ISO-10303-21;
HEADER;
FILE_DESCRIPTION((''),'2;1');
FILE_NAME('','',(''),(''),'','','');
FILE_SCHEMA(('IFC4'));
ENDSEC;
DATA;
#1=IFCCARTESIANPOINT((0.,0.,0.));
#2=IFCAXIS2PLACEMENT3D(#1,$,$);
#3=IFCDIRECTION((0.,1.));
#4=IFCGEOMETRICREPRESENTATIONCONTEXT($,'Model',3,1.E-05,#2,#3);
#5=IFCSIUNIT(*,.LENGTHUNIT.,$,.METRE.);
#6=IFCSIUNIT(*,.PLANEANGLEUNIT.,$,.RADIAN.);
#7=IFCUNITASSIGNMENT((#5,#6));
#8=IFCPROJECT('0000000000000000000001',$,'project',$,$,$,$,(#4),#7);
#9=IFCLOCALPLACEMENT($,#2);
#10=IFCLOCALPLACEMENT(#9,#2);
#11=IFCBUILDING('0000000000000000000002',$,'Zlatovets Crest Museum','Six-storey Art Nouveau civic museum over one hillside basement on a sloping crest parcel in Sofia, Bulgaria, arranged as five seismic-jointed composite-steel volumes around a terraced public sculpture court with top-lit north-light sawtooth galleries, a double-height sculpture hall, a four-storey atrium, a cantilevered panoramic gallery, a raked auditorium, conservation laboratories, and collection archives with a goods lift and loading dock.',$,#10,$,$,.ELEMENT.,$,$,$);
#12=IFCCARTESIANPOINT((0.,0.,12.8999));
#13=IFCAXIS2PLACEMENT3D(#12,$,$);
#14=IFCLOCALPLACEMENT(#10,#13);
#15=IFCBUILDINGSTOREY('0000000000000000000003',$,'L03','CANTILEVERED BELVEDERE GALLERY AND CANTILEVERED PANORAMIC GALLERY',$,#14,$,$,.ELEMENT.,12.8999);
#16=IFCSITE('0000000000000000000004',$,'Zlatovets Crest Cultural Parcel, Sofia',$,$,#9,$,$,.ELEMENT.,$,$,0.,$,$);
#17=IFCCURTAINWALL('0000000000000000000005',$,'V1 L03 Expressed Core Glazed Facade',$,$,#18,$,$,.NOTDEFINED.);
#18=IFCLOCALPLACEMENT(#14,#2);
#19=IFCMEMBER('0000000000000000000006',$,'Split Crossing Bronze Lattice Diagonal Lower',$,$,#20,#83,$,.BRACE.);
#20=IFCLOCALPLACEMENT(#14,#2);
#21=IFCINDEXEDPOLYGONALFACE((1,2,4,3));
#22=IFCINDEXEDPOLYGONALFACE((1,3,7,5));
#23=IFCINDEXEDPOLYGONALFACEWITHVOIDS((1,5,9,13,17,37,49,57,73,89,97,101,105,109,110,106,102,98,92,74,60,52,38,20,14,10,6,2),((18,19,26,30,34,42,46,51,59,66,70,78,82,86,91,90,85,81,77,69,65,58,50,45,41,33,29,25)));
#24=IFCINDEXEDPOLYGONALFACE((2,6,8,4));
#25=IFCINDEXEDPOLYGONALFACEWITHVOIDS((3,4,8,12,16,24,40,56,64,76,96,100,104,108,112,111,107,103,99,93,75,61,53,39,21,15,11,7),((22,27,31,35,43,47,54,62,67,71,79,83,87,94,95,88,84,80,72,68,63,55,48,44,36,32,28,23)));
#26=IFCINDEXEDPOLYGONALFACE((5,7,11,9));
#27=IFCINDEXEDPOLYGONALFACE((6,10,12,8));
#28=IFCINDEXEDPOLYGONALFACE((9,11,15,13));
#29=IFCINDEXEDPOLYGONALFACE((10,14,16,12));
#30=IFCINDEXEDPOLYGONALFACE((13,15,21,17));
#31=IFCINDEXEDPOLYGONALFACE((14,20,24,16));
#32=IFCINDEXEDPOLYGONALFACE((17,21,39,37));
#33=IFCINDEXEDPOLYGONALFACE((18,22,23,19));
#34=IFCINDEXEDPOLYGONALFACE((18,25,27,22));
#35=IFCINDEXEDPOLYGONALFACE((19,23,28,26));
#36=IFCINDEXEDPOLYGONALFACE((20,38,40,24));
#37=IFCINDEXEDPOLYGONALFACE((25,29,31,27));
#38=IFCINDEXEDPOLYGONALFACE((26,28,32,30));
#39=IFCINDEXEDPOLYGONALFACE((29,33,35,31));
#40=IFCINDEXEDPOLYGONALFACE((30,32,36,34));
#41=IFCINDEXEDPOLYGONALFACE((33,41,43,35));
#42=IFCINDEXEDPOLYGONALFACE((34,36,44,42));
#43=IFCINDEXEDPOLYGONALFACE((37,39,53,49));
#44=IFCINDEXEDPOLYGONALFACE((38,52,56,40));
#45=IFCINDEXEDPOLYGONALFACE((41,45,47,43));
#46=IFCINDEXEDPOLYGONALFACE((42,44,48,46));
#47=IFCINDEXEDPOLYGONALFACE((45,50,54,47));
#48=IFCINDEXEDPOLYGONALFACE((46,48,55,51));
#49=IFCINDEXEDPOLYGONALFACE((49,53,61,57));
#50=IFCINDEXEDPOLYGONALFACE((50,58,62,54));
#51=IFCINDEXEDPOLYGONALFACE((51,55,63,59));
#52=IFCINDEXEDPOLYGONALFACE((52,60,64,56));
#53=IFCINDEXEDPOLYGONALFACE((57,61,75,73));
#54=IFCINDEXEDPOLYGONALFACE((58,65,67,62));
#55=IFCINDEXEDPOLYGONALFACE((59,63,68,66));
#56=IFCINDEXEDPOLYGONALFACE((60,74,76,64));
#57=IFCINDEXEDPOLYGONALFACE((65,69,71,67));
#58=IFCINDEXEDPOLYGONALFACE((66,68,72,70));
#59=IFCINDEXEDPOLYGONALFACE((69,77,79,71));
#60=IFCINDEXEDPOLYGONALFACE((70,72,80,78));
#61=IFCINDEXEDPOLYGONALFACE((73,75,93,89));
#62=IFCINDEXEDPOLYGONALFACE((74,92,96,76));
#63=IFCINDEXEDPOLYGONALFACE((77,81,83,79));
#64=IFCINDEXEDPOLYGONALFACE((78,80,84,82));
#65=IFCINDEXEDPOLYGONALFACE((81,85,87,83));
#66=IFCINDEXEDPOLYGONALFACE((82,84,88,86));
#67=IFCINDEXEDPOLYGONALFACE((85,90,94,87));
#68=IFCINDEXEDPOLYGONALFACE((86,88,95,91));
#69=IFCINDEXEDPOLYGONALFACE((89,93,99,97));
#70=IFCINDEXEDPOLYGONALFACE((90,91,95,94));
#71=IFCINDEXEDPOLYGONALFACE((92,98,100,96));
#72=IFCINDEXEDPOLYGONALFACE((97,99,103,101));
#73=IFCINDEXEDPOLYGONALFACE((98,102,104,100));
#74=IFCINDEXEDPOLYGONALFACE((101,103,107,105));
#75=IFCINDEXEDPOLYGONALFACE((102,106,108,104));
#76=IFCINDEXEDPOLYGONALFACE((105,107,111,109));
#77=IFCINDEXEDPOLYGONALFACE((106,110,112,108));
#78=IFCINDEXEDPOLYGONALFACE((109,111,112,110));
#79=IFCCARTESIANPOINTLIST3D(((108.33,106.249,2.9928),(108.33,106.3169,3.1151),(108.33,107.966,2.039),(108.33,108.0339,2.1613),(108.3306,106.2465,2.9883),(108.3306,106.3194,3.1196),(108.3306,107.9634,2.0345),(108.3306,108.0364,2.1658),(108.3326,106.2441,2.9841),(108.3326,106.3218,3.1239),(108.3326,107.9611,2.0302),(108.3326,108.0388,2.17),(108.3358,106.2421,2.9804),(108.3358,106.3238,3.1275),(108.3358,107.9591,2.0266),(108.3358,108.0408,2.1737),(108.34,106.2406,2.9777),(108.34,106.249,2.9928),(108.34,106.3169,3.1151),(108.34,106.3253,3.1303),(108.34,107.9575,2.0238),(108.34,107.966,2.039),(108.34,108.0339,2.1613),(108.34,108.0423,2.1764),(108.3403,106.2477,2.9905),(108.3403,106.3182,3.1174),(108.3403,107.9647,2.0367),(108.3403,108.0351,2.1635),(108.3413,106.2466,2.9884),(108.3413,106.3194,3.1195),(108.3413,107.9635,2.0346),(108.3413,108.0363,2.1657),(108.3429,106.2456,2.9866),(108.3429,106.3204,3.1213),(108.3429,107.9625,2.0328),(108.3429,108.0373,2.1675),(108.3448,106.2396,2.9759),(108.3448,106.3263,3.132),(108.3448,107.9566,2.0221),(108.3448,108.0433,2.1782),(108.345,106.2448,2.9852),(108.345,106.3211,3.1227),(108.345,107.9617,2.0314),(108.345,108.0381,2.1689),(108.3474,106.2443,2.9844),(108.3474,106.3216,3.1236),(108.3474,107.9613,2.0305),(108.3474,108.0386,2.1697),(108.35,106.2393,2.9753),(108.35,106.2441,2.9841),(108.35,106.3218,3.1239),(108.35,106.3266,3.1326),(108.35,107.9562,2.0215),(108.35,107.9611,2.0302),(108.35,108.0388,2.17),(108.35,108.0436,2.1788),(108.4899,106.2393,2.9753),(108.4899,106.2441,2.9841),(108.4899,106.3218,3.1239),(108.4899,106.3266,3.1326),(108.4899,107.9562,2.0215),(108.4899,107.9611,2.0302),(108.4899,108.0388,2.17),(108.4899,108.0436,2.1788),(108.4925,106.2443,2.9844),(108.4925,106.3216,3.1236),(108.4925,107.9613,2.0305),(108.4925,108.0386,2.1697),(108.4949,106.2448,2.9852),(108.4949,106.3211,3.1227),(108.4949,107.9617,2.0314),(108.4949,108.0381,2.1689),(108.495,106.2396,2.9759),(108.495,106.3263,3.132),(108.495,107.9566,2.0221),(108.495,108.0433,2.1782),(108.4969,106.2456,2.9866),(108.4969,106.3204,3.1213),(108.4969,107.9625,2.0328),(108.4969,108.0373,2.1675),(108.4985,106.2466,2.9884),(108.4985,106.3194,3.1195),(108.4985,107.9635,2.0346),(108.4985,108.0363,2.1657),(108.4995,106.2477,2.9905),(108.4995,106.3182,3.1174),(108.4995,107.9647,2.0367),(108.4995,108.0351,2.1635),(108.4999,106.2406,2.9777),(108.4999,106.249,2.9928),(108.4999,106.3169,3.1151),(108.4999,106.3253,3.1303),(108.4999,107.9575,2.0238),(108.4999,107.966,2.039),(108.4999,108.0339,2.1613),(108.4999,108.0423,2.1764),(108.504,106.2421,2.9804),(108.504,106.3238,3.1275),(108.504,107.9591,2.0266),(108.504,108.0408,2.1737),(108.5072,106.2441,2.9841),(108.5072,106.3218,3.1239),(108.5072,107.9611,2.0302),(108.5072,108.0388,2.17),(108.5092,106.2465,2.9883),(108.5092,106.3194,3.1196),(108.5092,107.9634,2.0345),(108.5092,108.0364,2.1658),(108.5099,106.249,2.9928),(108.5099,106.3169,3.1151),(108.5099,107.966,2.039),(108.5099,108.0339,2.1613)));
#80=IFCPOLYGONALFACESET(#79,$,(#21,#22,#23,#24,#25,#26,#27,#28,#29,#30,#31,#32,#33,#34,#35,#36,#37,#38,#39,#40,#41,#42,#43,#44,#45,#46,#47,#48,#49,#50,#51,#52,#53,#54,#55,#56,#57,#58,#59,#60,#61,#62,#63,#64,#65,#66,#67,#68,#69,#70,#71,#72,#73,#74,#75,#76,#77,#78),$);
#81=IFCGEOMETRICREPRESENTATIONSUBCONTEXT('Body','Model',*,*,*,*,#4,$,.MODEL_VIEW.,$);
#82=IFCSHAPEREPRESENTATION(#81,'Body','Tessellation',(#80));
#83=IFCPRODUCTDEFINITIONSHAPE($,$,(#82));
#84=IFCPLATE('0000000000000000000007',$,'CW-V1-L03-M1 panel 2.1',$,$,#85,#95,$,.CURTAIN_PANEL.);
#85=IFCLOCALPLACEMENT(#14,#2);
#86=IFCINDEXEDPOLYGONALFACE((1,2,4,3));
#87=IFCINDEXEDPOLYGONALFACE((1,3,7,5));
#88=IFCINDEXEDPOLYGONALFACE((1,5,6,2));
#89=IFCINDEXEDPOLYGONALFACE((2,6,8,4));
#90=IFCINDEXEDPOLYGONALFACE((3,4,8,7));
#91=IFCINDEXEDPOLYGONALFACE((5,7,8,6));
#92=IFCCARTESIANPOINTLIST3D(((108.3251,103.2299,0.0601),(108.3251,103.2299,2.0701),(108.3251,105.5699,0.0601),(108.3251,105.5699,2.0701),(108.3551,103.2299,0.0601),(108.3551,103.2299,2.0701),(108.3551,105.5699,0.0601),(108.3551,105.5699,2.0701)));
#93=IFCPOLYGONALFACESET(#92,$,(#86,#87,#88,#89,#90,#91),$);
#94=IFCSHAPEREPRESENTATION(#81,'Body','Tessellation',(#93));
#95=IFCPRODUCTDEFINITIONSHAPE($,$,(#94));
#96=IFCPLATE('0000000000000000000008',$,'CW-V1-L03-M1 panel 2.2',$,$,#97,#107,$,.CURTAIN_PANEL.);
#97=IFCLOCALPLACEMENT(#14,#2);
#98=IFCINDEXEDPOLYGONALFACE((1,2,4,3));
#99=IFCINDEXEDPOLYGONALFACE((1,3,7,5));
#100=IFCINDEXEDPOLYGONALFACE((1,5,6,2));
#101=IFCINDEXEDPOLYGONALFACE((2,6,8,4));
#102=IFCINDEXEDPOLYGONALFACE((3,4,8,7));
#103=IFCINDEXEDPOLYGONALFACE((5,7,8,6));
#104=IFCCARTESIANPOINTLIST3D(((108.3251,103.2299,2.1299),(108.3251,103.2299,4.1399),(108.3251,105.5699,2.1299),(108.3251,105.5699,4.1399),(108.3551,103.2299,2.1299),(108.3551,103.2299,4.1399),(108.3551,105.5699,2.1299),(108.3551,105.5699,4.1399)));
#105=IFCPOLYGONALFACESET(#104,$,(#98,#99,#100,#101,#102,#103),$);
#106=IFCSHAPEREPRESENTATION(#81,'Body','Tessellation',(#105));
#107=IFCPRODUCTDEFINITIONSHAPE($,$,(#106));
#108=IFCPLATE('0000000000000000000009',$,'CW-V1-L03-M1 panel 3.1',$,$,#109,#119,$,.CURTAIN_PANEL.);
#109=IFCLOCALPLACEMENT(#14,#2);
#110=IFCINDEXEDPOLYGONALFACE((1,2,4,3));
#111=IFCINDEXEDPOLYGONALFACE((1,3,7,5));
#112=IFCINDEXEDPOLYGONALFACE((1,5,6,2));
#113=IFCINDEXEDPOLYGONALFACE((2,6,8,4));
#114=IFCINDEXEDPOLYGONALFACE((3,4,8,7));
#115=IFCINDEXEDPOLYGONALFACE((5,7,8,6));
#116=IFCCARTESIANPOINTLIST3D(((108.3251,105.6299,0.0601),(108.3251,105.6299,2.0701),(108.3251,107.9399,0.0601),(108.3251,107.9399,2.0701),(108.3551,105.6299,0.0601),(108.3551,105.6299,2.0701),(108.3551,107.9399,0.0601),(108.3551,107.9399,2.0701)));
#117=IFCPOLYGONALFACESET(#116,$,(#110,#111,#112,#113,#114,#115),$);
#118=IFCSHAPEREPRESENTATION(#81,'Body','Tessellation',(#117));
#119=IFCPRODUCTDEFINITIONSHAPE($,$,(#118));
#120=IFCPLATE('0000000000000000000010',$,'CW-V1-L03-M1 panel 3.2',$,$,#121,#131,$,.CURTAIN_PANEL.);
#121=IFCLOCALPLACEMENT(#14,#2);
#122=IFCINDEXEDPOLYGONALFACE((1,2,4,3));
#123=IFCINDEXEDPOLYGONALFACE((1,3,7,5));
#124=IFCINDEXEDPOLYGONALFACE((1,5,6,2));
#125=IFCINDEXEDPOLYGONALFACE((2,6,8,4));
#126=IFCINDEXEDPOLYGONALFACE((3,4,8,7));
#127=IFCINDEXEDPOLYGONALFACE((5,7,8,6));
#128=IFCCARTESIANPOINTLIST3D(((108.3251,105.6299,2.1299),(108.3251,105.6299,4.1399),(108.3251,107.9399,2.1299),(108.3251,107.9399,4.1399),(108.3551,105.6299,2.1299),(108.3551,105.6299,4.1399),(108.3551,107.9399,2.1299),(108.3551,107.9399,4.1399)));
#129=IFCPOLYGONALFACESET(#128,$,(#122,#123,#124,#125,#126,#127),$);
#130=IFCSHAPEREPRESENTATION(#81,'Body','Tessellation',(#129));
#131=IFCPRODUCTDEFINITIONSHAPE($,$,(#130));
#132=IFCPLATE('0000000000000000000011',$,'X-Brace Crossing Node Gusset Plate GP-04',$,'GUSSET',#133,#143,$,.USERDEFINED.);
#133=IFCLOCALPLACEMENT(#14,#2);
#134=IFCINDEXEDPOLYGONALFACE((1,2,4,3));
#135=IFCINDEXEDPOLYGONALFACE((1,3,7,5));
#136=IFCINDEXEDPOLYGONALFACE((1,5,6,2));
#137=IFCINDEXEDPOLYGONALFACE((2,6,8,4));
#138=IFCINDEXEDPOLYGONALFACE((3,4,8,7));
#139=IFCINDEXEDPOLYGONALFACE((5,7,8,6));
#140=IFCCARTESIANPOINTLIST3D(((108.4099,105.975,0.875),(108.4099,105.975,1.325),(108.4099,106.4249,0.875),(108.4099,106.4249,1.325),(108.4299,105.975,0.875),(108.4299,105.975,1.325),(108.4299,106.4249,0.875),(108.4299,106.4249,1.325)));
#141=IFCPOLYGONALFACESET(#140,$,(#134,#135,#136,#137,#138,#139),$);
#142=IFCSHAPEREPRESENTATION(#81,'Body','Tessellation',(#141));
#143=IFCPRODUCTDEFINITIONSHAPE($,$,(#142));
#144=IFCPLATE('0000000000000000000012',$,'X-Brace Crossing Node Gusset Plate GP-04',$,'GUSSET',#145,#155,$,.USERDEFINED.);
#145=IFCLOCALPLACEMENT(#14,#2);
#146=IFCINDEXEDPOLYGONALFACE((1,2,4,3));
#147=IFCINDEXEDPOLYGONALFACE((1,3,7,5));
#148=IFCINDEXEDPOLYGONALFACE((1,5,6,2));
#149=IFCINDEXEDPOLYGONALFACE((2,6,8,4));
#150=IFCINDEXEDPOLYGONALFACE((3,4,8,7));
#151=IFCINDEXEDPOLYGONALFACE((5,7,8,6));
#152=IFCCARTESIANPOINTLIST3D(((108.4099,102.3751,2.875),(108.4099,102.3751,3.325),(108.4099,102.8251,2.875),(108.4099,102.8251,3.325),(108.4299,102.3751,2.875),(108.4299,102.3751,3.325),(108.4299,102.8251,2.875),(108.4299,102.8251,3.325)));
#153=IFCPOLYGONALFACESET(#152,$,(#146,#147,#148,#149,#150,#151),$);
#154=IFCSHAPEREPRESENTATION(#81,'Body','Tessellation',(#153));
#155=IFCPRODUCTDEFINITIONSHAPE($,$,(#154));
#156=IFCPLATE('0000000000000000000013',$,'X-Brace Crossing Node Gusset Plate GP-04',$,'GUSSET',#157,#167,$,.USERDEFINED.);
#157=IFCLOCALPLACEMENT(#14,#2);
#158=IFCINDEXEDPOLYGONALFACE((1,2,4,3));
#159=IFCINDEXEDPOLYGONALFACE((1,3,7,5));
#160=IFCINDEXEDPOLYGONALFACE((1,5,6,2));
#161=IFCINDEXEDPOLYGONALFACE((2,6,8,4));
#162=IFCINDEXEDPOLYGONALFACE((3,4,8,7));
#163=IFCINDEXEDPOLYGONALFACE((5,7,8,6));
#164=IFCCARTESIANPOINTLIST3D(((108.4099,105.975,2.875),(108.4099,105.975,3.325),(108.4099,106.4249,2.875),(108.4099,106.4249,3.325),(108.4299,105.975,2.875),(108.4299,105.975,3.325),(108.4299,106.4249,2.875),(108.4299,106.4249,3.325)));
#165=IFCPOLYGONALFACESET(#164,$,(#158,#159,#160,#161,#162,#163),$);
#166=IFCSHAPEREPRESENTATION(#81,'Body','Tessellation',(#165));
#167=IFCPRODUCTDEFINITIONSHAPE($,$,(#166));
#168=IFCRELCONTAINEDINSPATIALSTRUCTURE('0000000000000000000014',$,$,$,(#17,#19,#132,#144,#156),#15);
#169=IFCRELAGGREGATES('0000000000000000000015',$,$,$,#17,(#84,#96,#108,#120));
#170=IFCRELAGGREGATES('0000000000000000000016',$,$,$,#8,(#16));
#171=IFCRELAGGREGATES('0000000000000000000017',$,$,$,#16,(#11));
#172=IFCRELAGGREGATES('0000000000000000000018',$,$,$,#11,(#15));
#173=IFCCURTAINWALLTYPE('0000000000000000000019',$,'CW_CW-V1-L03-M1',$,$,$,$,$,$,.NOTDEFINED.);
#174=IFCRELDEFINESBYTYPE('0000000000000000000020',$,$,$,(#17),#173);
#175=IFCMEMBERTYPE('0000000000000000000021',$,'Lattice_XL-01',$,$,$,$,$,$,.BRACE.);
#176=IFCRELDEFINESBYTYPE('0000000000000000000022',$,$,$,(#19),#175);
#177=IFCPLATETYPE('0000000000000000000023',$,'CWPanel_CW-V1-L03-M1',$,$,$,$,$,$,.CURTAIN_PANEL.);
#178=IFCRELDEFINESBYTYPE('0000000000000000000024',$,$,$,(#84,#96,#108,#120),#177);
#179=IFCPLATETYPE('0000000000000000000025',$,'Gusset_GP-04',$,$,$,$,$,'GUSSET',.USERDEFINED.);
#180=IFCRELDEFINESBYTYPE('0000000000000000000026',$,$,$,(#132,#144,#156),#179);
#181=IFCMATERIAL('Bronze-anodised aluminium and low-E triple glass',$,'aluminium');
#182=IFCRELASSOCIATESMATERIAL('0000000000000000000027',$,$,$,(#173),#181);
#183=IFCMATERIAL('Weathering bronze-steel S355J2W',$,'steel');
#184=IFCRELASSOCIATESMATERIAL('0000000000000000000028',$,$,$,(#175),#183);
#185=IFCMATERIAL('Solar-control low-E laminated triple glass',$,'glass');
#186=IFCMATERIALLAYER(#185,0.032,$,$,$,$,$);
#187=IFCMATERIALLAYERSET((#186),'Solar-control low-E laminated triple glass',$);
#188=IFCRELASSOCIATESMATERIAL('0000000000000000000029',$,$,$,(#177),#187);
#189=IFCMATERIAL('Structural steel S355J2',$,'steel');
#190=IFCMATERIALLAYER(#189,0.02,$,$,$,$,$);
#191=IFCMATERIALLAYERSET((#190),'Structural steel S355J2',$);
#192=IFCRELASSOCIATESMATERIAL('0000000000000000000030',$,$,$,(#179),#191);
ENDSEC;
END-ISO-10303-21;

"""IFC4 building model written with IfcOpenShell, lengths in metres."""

from ifc_helpers import new_model, si_unit, direction, frame, origin, origin_2d, place, context, subcontext, project, spatial, rectangle, hollow_rectangle, extrude, material, layer, layer_set, material_profile, profile_set, type_object, element, aggregate, save


model = new_model("IFC4")

# Units and contexts
model_context = context("Model", 3, precision=1e-05, world=origin(), true_north=direction((0.0, 1.0)))
body_context = subcontext(model_context, "Body", "Model", "MODEL_VIEW")
ifc_project = project(units=[si_unit("LENGTHUNIT", "METRE"), si_unit("PLANEANGLEUNIT", "RADIAN")], contexts=[model_context])

# Site, building, storey
site_placement = place(None, origin())
site = spatial("IfcSite", under=ifc_project, at=site_placement, Name="Zlatovets Crest Cultural Parcel, Sofia", CompositionType="ELEMENT", RefElevation=0.0)
building_placement = place(site_placement, origin())
building = spatial("IfcBuilding", under=site, at=building_placement, Name="Zlatovets Crest Museum", Description="Six-storey Art Nouveau civic museum over one hillside basement on a sloping crest parcel in Sofia, Bulgaria, arranged as five seismic-jointed composite-steel volumes around a terraced public sculpture court with top-lit north-light sawtooth galleries, a double-height sculpture hall, a four-storey atrium, a cantilevered panoramic gallery, a raked auditorium, conservation laboratories, and collection archives with a goods lift and loading dock.", CompositionType="ELEMENT")
storey_placement = place(building_placement, frame((0.0, 0.0, 12.8999)))
storey = spatial("IfcBuildingStorey", under=building, at=storey_placement, Name="L03", Description="CANTILEVERED BELVEDERE GALLERY AND CANTILEVERED PANORAMIC GALLERY", CompositionType="ELEMENT", Elevation=12.8999)

# Curtain wall
ifc_material_1 = material(Name="Bronze-anodised aluminium and low-E triple glass", Category="aluminium")
curtain_wall_type = type_object("IfcCurtainWallType", Name="CW_CW-V1-L03-M1", PredefinedType="NOTDEFINED", material=ifc_material_1)
curtain_wall_placement = place(storey_placement, origin())
curtain_wall = element("IfcCurtainWall", 1, at=curtain_wall_placement, inside=storey, type_object=curtain_wall_type, Name="V1 L03 Expressed Core Glazed Facade", PredefinedType="NOTDEFINED")

# Member
ifc_material_2 = material(Name="Weathering bronze-steel S355J2W", Category="steel")
ifc_material_profile_1 = material_profile(ifc_material_2, hollow_rectangle(XDim=0.1799, YDim=0.1799, WallThickness=0.01, InnerFilletRadius=0.01, OuterFilletRadius=0.02, at=origin_2d()), Name="SHS 180x180x10.0")
ifc_profile_set_1 = profile_set([ifc_material_profile_1], Name="Weathering bronze-steel S355J2W")
member_type_1 = type_object("IfcMemberType", Name="Lattice_XL-01", PredefinedType="BRACE", material=ifc_profile_set_1)
for number, where, z_axis, x_axis, name in (
    (2, (108.4199, 106.283, 3.054), (0.0, 0.874169, -0.485622), (-1.0, 0.0, 0.0), "Split Crossing Bronze Lattice Diagonal Lower"),
):
    element("IfcMember", number, at=place(storey_placement, frame(where, z_axis=z_axis, x_axis=x_axis)), inside=storey, type_object=member_type_1, Name=name, PredefinedType="BRACE", context=body_context, shape_type="SweptSolid", body=[
        extrude(hollow_rectangle(XDim=0.1799, YDim=0.1799, WallThickness=0.01, InnerFilletRadius=0.01, OuterFilletRadius=0.02, at=origin_2d()), origin(), (0.0, 0.0, 1.0), 1.9641),
    ])

# Plates
ifc_material_3 = material(Name="Solar-control low-E laminated triple glass", Category="glass")
ifc_layer_1 = layer(ifc_material_3, 0.032)
ifc_layer_set_1 = layer_set([ifc_layer_1], Name="Solar-control low-E laminated triple glass")
plate_type_1 = type_object("IfcPlateType", Name="CWPanel_CW-V1-L03-M1", PredefinedType="CURTAIN_PANEL", material=ifc_layer_set_1)
plate_1_placement = place(storey_placement, frame((108.3401, 104.3999, 0.0601), z_axis=(0.0, 0.0, 1.0), x_axis=(0.0, 1.0, 0.0)))
plate_1 = element("IfcPlate", 3, at=plate_1_placement, type_object=plate_type_1, Name="CW-V1-L03-M1 panel 2.1", PredefinedType="CURTAIN_PANEL", context=body_context, shape_type="SweptSolid", body=[
    extrude(rectangle(XDim=2.3401, YDim=0.03, at=origin_2d()), origin(), (0.0, 0.0, 1.0), 2.01),
])
plate_2_placement = place(storey_placement, frame((108.3401, 104.3999, 2.1299), z_axis=(0.0, 0.0, 1.0), x_axis=(0.0, 1.0, 0.0)))
plate_2 = element("IfcPlate", 4, at=plate_2_placement, type_object=plate_type_1, Name="CW-V1-L03-M1 panel 2.2", PredefinedType="CURTAIN_PANEL", context=body_context, shape_type="SweptSolid", body=[
    extrude(rectangle(XDim=2.3401, YDim=0.03, at=origin_2d()), origin(), (0.0, 0.0, 1.0), 2.01),
])
plate_3_placement = place(storey_placement, frame((108.3401, 106.7849, 0.0601), z_axis=(0.0, 0.0, 1.0), x_axis=(0.0, 1.0, 0.0)))
plate_3 = element("IfcPlate", 5, at=plate_3_placement, type_object=plate_type_1, Name="CW-V1-L03-M1 panel 3.1", PredefinedType="CURTAIN_PANEL", context=body_context, shape_type="SweptSolid", body=[
    extrude(rectangle(XDim=2.3101, YDim=0.03, at=origin_2d()), origin(), (0.0, 0.0, 1.0), 2.01),
])
plate_4_placement = place(storey_placement, frame((108.3401, 106.7849, 2.1299), z_axis=(0.0, 0.0, 1.0), x_axis=(0.0, 1.0, 0.0)))
plate_4 = element("IfcPlate", 6, at=plate_4_placement, type_object=plate_type_1, Name="CW-V1-L03-M1 panel 3.2", PredefinedType="CURTAIN_PANEL", context=body_context, shape_type="SweptSolid", body=[
    extrude(rectangle(XDim=2.3101, YDim=0.03, at=origin_2d()), origin(), (0.0, 0.0, 1.0), 2.01),
])
aggregate(curtain_wall, [plate_1, plate_2, plate_3, plate_4])

# Plates
ifc_material_4 = material(Name="Structural steel S355J2", Category="steel")
ifc_layer_2 = layer(ifc_material_4, 0.02)
ifc_layer_set_2 = layer_set([ifc_layer_2], Name="Structural steel S355J2")
plate_type_2 = type_object("IfcPlateType", Name="Gusset_GP-04", ElementType="GUSSET", PredefinedType="USERDEFINED", material=ifc_layer_set_2)
for number, where, z_axis, x_axis, name in (
    (7, (108.4199, 106.2, 0.875), (0.0, 0.0, 1.0), (1.0, 0.0, 0.0), "X-Brace Crossing Node Gusset Plate GP-04"),
    (8, (108.4199, 102.6001, 2.875), (0.0, 0.0, 1.0), (1.0, 0.0, 0.0), "X-Brace Crossing Node Gusset Plate GP-04"),
    (9, (108.4199, 106.2, 2.875), (0.0, 0.0, 1.0), (1.0, 0.0, 0.0), "X-Brace Crossing Node Gusset Plate GP-04"),
):
    element("IfcPlate", number, at=place(storey_placement, frame(where, z_axis=z_axis, x_axis=x_axis)), inside=storey, type_object=plate_type_2, Name=name, ObjectType="GUSSET", PredefinedType="USERDEFINED", context=body_context, shape_type="SweptSolid", body=[
        extrude(rectangle(XDim=0.02, YDim=0.45, at=origin_2d()), origin(), (0.0, 0.0, 1.0), 0.45),
    ])

save(model, "model.ifc")
